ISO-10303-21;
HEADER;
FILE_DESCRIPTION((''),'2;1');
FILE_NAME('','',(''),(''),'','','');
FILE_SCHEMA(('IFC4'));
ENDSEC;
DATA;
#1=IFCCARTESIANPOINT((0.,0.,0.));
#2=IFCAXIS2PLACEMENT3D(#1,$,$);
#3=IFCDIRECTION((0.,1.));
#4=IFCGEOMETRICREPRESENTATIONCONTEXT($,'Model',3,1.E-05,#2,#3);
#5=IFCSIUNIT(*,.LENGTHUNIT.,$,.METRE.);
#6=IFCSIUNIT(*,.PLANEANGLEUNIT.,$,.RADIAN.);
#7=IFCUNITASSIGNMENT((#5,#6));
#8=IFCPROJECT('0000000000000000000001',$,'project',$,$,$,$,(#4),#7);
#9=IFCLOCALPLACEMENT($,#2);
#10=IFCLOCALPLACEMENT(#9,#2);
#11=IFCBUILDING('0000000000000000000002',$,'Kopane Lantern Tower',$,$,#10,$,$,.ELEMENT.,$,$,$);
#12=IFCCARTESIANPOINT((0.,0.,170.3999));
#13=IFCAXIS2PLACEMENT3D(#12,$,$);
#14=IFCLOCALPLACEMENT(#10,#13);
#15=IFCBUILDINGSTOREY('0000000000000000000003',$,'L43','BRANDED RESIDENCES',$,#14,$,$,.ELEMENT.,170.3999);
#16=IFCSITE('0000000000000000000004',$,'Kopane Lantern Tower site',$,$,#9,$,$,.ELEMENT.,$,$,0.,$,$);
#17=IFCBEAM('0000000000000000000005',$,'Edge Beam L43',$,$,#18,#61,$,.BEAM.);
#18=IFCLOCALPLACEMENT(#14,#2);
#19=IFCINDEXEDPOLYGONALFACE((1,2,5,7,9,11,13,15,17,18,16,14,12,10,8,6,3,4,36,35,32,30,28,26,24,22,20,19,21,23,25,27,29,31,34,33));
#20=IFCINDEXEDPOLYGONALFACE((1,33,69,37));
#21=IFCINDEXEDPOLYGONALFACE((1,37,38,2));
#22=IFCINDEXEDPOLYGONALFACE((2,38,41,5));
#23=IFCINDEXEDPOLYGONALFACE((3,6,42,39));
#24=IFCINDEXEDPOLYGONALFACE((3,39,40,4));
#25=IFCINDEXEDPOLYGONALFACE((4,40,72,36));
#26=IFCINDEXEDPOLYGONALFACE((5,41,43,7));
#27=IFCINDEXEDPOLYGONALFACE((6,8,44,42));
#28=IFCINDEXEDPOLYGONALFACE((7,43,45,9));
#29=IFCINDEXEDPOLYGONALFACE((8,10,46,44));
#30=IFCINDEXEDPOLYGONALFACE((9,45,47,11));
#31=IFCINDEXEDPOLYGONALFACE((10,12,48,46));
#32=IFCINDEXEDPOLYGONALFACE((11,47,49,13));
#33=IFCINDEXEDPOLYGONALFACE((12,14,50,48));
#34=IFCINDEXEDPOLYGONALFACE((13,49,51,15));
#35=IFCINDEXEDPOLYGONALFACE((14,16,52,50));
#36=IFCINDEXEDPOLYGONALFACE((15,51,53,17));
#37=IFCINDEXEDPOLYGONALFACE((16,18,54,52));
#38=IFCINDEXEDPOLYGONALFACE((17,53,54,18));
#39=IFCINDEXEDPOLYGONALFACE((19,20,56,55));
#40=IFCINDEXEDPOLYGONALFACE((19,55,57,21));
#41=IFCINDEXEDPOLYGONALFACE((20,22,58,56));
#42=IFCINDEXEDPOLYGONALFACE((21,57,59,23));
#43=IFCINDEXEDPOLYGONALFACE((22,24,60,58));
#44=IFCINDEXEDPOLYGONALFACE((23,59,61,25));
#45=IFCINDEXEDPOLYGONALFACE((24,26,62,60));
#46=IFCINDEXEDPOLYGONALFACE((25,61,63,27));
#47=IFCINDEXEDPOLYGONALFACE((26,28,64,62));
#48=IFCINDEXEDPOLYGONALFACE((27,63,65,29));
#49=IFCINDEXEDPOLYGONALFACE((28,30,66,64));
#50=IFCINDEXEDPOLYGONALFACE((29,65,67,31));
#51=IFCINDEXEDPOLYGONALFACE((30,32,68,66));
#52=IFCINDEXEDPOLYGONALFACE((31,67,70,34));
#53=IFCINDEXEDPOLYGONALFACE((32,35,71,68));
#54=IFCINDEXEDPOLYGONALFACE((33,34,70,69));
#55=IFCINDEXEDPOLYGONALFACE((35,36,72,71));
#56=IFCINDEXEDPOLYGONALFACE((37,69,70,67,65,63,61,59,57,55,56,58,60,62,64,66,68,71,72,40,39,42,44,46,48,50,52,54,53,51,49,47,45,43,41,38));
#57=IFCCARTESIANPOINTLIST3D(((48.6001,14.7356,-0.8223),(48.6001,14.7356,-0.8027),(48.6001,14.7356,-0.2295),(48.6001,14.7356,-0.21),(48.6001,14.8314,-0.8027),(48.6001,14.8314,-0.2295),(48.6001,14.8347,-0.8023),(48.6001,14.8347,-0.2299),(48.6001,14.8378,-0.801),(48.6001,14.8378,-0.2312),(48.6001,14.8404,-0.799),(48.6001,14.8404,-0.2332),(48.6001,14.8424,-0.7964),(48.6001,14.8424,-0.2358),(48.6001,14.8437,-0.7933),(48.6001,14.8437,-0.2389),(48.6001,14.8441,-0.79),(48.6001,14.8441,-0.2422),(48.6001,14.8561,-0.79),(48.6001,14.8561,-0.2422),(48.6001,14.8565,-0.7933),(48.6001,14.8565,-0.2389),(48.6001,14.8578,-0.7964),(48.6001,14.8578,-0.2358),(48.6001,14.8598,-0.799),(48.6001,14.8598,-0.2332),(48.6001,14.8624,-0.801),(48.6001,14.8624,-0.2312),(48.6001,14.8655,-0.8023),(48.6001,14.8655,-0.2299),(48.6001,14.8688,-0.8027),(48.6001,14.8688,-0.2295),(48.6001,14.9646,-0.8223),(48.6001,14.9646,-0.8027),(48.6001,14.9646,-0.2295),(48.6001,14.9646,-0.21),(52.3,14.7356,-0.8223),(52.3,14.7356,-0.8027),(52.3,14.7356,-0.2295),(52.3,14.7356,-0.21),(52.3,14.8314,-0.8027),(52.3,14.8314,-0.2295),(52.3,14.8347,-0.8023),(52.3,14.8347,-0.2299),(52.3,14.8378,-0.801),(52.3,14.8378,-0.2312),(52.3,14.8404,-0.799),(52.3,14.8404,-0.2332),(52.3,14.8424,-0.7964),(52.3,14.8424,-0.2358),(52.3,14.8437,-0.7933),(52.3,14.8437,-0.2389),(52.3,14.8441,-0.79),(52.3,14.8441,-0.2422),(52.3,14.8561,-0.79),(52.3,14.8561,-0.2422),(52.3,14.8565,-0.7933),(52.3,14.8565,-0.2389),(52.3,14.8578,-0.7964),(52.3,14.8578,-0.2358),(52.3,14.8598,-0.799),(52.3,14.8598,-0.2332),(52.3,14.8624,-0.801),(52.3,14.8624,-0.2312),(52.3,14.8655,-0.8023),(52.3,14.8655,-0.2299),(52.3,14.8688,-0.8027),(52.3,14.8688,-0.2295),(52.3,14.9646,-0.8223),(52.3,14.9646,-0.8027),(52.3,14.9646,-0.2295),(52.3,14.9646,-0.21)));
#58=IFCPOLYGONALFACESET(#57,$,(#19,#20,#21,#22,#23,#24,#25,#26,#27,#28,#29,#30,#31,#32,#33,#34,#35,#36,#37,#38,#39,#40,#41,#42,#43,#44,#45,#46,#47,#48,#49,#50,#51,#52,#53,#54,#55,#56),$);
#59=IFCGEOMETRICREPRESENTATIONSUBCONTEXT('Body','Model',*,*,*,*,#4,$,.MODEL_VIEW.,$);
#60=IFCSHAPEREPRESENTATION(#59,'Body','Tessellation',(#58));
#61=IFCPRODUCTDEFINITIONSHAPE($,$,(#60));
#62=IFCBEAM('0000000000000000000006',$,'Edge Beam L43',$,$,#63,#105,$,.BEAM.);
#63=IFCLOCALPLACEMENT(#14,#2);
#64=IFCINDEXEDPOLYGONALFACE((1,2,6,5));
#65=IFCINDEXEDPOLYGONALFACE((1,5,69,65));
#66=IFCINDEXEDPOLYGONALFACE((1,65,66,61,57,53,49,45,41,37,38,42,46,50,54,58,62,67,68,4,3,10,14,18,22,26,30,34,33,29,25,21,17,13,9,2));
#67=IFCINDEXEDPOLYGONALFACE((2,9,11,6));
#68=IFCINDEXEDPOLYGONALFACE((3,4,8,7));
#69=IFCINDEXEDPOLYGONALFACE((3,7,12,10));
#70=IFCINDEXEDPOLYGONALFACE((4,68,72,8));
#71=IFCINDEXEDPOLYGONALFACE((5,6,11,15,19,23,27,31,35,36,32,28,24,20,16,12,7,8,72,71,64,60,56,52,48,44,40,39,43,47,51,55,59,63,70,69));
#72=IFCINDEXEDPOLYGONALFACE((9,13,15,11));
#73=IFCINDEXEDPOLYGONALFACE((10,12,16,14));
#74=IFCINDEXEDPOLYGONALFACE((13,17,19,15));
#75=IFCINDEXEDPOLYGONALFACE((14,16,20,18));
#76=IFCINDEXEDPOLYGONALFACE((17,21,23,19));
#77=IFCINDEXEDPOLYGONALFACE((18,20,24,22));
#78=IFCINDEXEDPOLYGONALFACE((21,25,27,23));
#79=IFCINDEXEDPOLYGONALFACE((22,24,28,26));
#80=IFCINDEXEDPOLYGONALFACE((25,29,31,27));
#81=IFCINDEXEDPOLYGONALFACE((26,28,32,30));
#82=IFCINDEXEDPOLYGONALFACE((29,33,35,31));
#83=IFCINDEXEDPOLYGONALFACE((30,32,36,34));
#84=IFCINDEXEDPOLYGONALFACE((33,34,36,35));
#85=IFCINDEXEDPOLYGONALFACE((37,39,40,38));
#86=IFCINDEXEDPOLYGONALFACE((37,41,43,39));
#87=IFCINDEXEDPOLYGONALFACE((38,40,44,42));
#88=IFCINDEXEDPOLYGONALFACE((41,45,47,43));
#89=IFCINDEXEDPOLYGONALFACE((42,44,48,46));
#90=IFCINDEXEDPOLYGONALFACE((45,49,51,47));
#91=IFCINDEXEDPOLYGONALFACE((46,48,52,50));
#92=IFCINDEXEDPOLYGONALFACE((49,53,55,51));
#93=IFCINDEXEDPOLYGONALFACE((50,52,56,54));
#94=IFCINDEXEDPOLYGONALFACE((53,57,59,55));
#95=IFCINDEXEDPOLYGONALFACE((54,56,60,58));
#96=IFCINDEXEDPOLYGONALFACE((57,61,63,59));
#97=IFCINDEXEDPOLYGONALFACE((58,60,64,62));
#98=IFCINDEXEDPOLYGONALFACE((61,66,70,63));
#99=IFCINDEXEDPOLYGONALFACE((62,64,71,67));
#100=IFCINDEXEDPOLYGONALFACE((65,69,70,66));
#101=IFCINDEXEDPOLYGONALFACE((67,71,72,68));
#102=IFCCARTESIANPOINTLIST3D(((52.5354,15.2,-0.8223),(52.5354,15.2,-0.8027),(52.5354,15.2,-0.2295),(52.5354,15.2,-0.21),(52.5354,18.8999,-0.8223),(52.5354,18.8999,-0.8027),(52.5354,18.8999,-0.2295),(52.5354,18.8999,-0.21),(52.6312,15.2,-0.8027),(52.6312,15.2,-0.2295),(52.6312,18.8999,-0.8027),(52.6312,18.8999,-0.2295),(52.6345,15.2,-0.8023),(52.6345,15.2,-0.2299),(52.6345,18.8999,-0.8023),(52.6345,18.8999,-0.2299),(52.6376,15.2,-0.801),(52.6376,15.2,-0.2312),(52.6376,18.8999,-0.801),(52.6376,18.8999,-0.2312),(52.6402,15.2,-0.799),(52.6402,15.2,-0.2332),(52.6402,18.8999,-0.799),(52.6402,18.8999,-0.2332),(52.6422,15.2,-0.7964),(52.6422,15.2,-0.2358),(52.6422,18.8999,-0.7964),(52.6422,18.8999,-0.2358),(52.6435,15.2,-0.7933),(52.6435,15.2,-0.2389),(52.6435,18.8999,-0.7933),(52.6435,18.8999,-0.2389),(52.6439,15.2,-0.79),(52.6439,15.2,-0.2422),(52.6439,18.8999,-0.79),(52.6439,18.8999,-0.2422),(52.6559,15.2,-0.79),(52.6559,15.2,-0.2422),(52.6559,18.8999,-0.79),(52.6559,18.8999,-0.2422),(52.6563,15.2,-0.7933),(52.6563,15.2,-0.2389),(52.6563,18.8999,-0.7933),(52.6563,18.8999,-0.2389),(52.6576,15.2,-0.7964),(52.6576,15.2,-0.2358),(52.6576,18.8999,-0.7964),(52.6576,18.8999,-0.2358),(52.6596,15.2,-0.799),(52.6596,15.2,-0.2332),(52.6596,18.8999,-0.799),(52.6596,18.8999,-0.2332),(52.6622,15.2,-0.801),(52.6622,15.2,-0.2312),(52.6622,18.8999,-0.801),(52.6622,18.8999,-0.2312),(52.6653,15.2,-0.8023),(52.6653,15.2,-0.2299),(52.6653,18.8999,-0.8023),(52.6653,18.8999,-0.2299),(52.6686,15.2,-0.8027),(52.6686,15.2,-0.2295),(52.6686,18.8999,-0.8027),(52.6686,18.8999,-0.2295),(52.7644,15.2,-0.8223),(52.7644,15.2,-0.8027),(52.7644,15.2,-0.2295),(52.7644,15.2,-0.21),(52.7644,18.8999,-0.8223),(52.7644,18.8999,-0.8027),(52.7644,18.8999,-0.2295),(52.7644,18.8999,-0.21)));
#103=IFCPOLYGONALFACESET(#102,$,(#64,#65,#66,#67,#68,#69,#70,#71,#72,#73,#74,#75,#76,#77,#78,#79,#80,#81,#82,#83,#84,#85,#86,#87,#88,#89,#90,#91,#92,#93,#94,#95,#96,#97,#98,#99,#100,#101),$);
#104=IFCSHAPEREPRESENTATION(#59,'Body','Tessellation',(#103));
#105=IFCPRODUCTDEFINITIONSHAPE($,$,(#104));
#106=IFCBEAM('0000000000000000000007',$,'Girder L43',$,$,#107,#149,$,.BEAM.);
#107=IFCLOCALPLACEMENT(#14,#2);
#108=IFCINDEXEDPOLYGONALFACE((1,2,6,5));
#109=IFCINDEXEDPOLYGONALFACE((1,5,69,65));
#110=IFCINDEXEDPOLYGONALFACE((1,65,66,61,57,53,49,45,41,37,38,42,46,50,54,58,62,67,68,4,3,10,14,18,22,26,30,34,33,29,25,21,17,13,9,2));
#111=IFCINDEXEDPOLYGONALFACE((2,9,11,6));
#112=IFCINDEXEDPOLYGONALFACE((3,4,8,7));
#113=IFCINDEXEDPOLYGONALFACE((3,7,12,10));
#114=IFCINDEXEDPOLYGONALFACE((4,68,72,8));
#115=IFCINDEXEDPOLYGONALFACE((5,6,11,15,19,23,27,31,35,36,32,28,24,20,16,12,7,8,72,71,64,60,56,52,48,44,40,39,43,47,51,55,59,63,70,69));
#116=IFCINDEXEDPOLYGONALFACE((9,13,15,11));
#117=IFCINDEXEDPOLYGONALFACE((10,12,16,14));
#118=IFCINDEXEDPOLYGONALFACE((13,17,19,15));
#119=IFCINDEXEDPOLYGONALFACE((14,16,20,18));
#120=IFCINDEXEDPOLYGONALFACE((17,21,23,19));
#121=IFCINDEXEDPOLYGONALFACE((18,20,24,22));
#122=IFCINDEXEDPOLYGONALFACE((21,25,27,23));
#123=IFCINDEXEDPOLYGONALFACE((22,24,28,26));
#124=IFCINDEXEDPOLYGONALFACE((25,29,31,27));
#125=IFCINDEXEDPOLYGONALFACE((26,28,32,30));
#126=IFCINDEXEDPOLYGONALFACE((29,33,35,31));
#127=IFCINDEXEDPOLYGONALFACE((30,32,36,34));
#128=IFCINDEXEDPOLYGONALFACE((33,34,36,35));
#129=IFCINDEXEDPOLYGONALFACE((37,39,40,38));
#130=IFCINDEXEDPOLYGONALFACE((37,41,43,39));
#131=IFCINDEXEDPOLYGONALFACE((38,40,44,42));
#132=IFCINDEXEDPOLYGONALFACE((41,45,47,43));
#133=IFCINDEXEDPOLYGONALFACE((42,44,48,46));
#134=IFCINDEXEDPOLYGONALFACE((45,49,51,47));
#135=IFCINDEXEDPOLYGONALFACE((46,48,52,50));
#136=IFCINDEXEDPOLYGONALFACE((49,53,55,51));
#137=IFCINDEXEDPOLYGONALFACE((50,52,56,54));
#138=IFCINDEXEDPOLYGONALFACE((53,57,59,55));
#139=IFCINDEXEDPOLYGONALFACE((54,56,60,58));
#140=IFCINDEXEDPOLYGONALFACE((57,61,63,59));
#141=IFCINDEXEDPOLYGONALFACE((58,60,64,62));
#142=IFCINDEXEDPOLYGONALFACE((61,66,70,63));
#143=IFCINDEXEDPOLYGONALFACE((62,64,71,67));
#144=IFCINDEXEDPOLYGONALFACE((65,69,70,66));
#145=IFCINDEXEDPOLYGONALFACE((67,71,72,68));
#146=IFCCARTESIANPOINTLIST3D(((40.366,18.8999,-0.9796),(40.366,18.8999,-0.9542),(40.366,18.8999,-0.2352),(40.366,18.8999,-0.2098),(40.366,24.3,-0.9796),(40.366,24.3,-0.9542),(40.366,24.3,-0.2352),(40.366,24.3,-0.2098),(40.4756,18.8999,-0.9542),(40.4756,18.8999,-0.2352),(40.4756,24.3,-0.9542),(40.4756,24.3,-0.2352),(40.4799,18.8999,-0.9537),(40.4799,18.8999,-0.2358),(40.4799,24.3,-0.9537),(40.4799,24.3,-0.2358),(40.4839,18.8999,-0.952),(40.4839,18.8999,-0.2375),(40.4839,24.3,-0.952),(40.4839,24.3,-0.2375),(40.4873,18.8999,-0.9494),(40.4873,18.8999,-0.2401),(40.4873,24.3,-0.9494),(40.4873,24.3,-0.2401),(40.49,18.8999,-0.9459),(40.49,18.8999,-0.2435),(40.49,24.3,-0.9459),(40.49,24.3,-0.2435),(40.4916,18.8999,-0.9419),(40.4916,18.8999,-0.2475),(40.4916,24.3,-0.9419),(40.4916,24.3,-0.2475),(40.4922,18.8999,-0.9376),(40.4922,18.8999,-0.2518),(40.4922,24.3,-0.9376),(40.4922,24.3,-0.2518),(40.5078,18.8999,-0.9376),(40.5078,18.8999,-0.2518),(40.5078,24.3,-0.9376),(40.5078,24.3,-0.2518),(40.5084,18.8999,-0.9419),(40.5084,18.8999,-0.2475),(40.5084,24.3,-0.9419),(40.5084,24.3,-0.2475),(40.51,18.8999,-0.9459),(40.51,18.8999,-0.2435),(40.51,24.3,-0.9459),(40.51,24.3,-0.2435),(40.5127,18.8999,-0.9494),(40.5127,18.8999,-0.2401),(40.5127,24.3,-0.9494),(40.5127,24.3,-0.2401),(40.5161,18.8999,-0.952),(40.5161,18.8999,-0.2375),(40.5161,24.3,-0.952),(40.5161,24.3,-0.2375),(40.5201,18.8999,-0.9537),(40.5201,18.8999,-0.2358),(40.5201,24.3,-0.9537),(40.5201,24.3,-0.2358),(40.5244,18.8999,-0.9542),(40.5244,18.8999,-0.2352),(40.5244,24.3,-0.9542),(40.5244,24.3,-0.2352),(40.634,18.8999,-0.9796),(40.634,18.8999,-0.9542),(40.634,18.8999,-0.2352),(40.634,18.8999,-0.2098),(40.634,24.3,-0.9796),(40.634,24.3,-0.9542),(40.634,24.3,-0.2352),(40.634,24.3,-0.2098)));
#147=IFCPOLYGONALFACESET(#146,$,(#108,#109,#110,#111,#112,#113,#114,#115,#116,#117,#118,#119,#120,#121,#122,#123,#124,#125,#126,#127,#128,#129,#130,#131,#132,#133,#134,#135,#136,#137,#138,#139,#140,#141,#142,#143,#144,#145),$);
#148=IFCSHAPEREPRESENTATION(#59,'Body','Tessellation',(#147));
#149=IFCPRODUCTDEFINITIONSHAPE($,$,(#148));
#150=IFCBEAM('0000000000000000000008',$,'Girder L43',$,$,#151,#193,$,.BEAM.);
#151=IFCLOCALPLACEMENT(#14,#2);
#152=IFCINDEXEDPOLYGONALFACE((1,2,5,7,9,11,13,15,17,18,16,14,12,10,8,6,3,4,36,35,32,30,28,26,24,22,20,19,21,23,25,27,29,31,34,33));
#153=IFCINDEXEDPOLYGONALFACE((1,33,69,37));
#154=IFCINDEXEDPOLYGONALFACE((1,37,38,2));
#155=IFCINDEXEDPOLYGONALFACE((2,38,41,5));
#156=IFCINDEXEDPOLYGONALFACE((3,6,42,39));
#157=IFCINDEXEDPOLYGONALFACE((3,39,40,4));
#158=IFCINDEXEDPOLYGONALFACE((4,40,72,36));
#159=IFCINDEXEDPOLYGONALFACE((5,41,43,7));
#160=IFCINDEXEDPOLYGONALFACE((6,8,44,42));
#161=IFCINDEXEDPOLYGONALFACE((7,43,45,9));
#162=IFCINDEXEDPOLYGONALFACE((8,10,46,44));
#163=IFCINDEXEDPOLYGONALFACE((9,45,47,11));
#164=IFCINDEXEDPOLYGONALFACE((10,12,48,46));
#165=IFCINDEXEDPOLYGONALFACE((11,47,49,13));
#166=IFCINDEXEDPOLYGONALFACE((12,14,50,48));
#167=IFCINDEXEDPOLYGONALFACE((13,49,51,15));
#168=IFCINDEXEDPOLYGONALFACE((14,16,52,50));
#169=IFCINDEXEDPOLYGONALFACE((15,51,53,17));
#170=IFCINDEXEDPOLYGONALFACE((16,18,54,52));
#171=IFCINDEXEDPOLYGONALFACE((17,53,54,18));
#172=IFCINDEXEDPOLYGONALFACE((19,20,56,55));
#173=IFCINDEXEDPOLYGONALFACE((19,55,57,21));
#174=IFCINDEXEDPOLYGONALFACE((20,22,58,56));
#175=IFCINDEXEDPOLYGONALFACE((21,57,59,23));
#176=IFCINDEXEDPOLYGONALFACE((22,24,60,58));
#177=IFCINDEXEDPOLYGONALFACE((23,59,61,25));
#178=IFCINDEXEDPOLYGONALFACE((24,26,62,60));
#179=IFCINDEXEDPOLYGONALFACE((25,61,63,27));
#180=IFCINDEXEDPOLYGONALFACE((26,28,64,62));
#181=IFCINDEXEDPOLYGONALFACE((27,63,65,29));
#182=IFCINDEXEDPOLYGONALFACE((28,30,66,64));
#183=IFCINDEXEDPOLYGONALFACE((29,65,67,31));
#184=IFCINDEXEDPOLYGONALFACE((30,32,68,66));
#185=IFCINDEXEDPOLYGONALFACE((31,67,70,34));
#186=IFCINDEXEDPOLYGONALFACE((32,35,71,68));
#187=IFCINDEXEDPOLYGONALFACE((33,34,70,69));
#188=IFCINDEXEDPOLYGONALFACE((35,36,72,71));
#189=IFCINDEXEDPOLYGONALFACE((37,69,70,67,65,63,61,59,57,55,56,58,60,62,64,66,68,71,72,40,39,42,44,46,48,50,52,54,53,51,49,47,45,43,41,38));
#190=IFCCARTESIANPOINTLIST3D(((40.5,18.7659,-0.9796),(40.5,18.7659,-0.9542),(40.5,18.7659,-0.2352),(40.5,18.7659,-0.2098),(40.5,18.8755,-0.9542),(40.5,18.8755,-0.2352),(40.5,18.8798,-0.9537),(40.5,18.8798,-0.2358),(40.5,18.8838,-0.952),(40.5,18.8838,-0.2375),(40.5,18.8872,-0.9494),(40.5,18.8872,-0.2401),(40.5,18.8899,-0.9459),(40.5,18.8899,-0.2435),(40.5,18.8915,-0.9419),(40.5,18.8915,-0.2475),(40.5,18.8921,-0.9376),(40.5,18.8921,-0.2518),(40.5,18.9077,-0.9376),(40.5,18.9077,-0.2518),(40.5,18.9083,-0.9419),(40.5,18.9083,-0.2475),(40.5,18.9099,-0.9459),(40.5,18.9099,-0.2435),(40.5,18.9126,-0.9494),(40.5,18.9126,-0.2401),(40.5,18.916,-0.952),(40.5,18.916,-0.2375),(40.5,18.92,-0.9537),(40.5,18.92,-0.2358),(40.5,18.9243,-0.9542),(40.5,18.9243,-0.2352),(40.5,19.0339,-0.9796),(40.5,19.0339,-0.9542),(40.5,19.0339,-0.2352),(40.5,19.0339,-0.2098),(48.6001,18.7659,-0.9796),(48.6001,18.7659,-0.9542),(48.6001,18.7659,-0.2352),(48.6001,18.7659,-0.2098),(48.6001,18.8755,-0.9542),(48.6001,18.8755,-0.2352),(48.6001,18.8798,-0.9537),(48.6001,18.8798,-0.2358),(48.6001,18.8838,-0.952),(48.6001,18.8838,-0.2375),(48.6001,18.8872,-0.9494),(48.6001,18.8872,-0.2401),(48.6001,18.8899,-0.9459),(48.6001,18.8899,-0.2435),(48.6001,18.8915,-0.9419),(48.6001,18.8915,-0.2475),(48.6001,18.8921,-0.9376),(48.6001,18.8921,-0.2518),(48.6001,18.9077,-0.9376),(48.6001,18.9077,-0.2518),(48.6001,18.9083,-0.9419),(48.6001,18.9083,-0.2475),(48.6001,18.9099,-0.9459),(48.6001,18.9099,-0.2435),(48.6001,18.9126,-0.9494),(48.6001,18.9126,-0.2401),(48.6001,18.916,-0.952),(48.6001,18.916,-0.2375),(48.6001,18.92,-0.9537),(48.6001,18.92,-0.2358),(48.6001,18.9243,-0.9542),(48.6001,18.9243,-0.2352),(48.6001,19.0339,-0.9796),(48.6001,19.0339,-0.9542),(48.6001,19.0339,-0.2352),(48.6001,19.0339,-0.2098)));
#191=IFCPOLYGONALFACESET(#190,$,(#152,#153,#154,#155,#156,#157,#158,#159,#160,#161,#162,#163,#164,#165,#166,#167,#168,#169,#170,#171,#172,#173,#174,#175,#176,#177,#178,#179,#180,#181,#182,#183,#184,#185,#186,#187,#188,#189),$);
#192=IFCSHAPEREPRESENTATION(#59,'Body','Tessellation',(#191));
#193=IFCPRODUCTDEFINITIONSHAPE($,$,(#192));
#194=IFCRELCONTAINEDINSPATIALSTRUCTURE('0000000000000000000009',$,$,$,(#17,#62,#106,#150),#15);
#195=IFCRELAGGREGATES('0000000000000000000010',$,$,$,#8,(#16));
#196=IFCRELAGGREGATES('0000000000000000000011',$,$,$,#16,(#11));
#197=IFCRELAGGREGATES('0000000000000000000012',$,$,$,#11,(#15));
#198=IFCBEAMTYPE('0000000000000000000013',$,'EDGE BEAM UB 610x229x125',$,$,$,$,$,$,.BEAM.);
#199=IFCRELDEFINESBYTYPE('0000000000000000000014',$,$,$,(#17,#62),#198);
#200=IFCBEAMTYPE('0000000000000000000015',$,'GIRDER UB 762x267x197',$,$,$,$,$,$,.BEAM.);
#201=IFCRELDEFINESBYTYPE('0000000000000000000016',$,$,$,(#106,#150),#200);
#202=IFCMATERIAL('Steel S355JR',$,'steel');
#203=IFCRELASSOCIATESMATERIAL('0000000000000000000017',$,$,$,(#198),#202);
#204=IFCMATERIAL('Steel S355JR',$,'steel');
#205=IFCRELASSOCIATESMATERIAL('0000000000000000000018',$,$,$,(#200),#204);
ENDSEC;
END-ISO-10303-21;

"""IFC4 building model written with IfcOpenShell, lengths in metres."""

from ifc_helpers import new_model, si_unit, direction, frame, origin, origin_2d, place, context, subcontext, project, spatial, i_section, extrude, material, material_profile, profile_set, type_object, element, save


model = new_model("IFC4")

# Units and contexts
model_context = context("Model", 3, precision=1e-05, world=origin(), true_north=direction((0.0, 1.0)))
body_context = subcontext(model_context, "Body", "Model", "MODEL_VIEW")
ifc_project = project(units=[si_unit("LENGTHUNIT", "METRE"), si_unit("PLANEANGLEUNIT", "RADIAN")], contexts=[model_context])

# Site, building, storey
site_placement = place(None, origin())
site = spatial("IfcSite", under=ifc_project, at=site_placement, Name="Kopane Lantern Tower site", CompositionType="ELEMENT", RefElevation=0.0)
building_placement = place(site_placement, origin())
building = spatial("IfcBuilding", under=site, at=building_placement, Name="Kopane Lantern Tower", CompositionType="ELEMENT")
storey_placement = place(building_placement, frame((0.0, 0.0, 170.3999)))
storey = spatial("IfcBuildingStorey", under=building, at=storey_placement, Name="L43", Description="BRANDED RESIDENCES", CompositionType="ELEMENT", Elevation=170.3999)

# Beams
ifc_material_1 = material(Name="Steel S355JR", Category="steel")
ifc_material_profile_1 = material_profile(ifc_material_1, i_section(OverallWidth=0.229, OverallDepth=0.6123, WebThickness=0.012, FlangeThickness=0.0195, FilletRadius=0.0127, at=origin_2d()), Name="UB 610x229x125")
ifc_profile_set_1 = profile_set([ifc_material_profile_1], Name="Steel S355JR")
beam_type_1 = type_object("IfcBeamType", Name="EDGE BEAM UB 610x229x125", PredefinedType="BEAM", material=ifc_profile_set_1)
for number, where, z_axis, x_axis, name in (
    (1, (52.3, 14.8501, -0.5161), (-1.0, 0.0, 0.0), (0.0, -1.0, 0.0), "Edge Beam L43"),
    (2, (52.6499, 15.2, -0.5161), (0.0, 1.0, 0.0), (-1.0, 0.0, 0.0), "Edge Beam L43"),
):
    element("IfcBeam", number, at=place(storey_placement, frame(where, z_axis=z_axis, x_axis=x_axis)), inside=storey, type_object=beam_type_1, Name=name, PredefinedType="BEAM", context=body_context, shape_type="SweptSolid", body=[
        extrude(i_section(OverallWidth=0.229, OverallDepth=0.6123, WebThickness=0.012, FlangeThickness=0.0195, FilletRadius=0.0127, at=origin_2d()), origin(), (0.0, 0.0, 1.0), 3.7),
    ])
ifc_material_2 = material(Name="Steel S355JR", Category="steel")
ifc_material_profile_2 = material_profile(ifc_material_2, i_section(OverallWidth=0.2681, OverallDepth=0.7698, WebThickness=0.0156, FlangeThickness=0.0254, FilletRadius=0.0166, at=origin_2d()), Name="UB 762x267x197")
ifc_profile_set_2 = profile_set([ifc_material_profile_2], Name="Steel S355JR")
beam_type_2 = type_object("IfcBeamType", Name="GIRDER UB 762x267x197", PredefinedType="BEAM", material=ifc_profile_set_2)
beam_1_placement = place(storey_placement, frame((40.5, 18.8999, -0.5947), z_axis=(0.0, 1.0, 0.0), x_axis=(-1.0, 0.0, 0.0)))
element("IfcBeam", 3, at=beam_1_placement, inside=storey, type_object=beam_type_2, Name="Girder L43", PredefinedType="BEAM", context=body_context, shape_type="SweptSolid", body=[
    extrude(i_section(OverallWidth=0.2681, OverallDepth=0.7698, WebThickness=0.0156, FlangeThickness=0.0254, FilletRadius=0.0166, at=origin_2d()), origin(), (0.0, 0.0, 1.0), 5.4001),
])
beam_2_placement = place(storey_placement, frame((40.5, 18.8999, -0.5947), z_axis=(1.0, 0.0, 0.0), x_axis=(0.0, 1.0, 0.0)))
element("IfcBeam", 4, at=beam_2_placement, inside=storey, type_object=beam_type_2, Name="Girder L43", PredefinedType="BEAM", context=body_context, shape_type="SweptSolid", body=[
    extrude(i_section(OverallWidth=0.2681, OverallDepth=0.7698, WebThickness=0.0156, FlangeThickness=0.0254, FilletRadius=0.0166, at=origin_2d()), origin(), (0.0, 0.0, 1.0), 8.1001),
])

save(model, "model.ifc")
